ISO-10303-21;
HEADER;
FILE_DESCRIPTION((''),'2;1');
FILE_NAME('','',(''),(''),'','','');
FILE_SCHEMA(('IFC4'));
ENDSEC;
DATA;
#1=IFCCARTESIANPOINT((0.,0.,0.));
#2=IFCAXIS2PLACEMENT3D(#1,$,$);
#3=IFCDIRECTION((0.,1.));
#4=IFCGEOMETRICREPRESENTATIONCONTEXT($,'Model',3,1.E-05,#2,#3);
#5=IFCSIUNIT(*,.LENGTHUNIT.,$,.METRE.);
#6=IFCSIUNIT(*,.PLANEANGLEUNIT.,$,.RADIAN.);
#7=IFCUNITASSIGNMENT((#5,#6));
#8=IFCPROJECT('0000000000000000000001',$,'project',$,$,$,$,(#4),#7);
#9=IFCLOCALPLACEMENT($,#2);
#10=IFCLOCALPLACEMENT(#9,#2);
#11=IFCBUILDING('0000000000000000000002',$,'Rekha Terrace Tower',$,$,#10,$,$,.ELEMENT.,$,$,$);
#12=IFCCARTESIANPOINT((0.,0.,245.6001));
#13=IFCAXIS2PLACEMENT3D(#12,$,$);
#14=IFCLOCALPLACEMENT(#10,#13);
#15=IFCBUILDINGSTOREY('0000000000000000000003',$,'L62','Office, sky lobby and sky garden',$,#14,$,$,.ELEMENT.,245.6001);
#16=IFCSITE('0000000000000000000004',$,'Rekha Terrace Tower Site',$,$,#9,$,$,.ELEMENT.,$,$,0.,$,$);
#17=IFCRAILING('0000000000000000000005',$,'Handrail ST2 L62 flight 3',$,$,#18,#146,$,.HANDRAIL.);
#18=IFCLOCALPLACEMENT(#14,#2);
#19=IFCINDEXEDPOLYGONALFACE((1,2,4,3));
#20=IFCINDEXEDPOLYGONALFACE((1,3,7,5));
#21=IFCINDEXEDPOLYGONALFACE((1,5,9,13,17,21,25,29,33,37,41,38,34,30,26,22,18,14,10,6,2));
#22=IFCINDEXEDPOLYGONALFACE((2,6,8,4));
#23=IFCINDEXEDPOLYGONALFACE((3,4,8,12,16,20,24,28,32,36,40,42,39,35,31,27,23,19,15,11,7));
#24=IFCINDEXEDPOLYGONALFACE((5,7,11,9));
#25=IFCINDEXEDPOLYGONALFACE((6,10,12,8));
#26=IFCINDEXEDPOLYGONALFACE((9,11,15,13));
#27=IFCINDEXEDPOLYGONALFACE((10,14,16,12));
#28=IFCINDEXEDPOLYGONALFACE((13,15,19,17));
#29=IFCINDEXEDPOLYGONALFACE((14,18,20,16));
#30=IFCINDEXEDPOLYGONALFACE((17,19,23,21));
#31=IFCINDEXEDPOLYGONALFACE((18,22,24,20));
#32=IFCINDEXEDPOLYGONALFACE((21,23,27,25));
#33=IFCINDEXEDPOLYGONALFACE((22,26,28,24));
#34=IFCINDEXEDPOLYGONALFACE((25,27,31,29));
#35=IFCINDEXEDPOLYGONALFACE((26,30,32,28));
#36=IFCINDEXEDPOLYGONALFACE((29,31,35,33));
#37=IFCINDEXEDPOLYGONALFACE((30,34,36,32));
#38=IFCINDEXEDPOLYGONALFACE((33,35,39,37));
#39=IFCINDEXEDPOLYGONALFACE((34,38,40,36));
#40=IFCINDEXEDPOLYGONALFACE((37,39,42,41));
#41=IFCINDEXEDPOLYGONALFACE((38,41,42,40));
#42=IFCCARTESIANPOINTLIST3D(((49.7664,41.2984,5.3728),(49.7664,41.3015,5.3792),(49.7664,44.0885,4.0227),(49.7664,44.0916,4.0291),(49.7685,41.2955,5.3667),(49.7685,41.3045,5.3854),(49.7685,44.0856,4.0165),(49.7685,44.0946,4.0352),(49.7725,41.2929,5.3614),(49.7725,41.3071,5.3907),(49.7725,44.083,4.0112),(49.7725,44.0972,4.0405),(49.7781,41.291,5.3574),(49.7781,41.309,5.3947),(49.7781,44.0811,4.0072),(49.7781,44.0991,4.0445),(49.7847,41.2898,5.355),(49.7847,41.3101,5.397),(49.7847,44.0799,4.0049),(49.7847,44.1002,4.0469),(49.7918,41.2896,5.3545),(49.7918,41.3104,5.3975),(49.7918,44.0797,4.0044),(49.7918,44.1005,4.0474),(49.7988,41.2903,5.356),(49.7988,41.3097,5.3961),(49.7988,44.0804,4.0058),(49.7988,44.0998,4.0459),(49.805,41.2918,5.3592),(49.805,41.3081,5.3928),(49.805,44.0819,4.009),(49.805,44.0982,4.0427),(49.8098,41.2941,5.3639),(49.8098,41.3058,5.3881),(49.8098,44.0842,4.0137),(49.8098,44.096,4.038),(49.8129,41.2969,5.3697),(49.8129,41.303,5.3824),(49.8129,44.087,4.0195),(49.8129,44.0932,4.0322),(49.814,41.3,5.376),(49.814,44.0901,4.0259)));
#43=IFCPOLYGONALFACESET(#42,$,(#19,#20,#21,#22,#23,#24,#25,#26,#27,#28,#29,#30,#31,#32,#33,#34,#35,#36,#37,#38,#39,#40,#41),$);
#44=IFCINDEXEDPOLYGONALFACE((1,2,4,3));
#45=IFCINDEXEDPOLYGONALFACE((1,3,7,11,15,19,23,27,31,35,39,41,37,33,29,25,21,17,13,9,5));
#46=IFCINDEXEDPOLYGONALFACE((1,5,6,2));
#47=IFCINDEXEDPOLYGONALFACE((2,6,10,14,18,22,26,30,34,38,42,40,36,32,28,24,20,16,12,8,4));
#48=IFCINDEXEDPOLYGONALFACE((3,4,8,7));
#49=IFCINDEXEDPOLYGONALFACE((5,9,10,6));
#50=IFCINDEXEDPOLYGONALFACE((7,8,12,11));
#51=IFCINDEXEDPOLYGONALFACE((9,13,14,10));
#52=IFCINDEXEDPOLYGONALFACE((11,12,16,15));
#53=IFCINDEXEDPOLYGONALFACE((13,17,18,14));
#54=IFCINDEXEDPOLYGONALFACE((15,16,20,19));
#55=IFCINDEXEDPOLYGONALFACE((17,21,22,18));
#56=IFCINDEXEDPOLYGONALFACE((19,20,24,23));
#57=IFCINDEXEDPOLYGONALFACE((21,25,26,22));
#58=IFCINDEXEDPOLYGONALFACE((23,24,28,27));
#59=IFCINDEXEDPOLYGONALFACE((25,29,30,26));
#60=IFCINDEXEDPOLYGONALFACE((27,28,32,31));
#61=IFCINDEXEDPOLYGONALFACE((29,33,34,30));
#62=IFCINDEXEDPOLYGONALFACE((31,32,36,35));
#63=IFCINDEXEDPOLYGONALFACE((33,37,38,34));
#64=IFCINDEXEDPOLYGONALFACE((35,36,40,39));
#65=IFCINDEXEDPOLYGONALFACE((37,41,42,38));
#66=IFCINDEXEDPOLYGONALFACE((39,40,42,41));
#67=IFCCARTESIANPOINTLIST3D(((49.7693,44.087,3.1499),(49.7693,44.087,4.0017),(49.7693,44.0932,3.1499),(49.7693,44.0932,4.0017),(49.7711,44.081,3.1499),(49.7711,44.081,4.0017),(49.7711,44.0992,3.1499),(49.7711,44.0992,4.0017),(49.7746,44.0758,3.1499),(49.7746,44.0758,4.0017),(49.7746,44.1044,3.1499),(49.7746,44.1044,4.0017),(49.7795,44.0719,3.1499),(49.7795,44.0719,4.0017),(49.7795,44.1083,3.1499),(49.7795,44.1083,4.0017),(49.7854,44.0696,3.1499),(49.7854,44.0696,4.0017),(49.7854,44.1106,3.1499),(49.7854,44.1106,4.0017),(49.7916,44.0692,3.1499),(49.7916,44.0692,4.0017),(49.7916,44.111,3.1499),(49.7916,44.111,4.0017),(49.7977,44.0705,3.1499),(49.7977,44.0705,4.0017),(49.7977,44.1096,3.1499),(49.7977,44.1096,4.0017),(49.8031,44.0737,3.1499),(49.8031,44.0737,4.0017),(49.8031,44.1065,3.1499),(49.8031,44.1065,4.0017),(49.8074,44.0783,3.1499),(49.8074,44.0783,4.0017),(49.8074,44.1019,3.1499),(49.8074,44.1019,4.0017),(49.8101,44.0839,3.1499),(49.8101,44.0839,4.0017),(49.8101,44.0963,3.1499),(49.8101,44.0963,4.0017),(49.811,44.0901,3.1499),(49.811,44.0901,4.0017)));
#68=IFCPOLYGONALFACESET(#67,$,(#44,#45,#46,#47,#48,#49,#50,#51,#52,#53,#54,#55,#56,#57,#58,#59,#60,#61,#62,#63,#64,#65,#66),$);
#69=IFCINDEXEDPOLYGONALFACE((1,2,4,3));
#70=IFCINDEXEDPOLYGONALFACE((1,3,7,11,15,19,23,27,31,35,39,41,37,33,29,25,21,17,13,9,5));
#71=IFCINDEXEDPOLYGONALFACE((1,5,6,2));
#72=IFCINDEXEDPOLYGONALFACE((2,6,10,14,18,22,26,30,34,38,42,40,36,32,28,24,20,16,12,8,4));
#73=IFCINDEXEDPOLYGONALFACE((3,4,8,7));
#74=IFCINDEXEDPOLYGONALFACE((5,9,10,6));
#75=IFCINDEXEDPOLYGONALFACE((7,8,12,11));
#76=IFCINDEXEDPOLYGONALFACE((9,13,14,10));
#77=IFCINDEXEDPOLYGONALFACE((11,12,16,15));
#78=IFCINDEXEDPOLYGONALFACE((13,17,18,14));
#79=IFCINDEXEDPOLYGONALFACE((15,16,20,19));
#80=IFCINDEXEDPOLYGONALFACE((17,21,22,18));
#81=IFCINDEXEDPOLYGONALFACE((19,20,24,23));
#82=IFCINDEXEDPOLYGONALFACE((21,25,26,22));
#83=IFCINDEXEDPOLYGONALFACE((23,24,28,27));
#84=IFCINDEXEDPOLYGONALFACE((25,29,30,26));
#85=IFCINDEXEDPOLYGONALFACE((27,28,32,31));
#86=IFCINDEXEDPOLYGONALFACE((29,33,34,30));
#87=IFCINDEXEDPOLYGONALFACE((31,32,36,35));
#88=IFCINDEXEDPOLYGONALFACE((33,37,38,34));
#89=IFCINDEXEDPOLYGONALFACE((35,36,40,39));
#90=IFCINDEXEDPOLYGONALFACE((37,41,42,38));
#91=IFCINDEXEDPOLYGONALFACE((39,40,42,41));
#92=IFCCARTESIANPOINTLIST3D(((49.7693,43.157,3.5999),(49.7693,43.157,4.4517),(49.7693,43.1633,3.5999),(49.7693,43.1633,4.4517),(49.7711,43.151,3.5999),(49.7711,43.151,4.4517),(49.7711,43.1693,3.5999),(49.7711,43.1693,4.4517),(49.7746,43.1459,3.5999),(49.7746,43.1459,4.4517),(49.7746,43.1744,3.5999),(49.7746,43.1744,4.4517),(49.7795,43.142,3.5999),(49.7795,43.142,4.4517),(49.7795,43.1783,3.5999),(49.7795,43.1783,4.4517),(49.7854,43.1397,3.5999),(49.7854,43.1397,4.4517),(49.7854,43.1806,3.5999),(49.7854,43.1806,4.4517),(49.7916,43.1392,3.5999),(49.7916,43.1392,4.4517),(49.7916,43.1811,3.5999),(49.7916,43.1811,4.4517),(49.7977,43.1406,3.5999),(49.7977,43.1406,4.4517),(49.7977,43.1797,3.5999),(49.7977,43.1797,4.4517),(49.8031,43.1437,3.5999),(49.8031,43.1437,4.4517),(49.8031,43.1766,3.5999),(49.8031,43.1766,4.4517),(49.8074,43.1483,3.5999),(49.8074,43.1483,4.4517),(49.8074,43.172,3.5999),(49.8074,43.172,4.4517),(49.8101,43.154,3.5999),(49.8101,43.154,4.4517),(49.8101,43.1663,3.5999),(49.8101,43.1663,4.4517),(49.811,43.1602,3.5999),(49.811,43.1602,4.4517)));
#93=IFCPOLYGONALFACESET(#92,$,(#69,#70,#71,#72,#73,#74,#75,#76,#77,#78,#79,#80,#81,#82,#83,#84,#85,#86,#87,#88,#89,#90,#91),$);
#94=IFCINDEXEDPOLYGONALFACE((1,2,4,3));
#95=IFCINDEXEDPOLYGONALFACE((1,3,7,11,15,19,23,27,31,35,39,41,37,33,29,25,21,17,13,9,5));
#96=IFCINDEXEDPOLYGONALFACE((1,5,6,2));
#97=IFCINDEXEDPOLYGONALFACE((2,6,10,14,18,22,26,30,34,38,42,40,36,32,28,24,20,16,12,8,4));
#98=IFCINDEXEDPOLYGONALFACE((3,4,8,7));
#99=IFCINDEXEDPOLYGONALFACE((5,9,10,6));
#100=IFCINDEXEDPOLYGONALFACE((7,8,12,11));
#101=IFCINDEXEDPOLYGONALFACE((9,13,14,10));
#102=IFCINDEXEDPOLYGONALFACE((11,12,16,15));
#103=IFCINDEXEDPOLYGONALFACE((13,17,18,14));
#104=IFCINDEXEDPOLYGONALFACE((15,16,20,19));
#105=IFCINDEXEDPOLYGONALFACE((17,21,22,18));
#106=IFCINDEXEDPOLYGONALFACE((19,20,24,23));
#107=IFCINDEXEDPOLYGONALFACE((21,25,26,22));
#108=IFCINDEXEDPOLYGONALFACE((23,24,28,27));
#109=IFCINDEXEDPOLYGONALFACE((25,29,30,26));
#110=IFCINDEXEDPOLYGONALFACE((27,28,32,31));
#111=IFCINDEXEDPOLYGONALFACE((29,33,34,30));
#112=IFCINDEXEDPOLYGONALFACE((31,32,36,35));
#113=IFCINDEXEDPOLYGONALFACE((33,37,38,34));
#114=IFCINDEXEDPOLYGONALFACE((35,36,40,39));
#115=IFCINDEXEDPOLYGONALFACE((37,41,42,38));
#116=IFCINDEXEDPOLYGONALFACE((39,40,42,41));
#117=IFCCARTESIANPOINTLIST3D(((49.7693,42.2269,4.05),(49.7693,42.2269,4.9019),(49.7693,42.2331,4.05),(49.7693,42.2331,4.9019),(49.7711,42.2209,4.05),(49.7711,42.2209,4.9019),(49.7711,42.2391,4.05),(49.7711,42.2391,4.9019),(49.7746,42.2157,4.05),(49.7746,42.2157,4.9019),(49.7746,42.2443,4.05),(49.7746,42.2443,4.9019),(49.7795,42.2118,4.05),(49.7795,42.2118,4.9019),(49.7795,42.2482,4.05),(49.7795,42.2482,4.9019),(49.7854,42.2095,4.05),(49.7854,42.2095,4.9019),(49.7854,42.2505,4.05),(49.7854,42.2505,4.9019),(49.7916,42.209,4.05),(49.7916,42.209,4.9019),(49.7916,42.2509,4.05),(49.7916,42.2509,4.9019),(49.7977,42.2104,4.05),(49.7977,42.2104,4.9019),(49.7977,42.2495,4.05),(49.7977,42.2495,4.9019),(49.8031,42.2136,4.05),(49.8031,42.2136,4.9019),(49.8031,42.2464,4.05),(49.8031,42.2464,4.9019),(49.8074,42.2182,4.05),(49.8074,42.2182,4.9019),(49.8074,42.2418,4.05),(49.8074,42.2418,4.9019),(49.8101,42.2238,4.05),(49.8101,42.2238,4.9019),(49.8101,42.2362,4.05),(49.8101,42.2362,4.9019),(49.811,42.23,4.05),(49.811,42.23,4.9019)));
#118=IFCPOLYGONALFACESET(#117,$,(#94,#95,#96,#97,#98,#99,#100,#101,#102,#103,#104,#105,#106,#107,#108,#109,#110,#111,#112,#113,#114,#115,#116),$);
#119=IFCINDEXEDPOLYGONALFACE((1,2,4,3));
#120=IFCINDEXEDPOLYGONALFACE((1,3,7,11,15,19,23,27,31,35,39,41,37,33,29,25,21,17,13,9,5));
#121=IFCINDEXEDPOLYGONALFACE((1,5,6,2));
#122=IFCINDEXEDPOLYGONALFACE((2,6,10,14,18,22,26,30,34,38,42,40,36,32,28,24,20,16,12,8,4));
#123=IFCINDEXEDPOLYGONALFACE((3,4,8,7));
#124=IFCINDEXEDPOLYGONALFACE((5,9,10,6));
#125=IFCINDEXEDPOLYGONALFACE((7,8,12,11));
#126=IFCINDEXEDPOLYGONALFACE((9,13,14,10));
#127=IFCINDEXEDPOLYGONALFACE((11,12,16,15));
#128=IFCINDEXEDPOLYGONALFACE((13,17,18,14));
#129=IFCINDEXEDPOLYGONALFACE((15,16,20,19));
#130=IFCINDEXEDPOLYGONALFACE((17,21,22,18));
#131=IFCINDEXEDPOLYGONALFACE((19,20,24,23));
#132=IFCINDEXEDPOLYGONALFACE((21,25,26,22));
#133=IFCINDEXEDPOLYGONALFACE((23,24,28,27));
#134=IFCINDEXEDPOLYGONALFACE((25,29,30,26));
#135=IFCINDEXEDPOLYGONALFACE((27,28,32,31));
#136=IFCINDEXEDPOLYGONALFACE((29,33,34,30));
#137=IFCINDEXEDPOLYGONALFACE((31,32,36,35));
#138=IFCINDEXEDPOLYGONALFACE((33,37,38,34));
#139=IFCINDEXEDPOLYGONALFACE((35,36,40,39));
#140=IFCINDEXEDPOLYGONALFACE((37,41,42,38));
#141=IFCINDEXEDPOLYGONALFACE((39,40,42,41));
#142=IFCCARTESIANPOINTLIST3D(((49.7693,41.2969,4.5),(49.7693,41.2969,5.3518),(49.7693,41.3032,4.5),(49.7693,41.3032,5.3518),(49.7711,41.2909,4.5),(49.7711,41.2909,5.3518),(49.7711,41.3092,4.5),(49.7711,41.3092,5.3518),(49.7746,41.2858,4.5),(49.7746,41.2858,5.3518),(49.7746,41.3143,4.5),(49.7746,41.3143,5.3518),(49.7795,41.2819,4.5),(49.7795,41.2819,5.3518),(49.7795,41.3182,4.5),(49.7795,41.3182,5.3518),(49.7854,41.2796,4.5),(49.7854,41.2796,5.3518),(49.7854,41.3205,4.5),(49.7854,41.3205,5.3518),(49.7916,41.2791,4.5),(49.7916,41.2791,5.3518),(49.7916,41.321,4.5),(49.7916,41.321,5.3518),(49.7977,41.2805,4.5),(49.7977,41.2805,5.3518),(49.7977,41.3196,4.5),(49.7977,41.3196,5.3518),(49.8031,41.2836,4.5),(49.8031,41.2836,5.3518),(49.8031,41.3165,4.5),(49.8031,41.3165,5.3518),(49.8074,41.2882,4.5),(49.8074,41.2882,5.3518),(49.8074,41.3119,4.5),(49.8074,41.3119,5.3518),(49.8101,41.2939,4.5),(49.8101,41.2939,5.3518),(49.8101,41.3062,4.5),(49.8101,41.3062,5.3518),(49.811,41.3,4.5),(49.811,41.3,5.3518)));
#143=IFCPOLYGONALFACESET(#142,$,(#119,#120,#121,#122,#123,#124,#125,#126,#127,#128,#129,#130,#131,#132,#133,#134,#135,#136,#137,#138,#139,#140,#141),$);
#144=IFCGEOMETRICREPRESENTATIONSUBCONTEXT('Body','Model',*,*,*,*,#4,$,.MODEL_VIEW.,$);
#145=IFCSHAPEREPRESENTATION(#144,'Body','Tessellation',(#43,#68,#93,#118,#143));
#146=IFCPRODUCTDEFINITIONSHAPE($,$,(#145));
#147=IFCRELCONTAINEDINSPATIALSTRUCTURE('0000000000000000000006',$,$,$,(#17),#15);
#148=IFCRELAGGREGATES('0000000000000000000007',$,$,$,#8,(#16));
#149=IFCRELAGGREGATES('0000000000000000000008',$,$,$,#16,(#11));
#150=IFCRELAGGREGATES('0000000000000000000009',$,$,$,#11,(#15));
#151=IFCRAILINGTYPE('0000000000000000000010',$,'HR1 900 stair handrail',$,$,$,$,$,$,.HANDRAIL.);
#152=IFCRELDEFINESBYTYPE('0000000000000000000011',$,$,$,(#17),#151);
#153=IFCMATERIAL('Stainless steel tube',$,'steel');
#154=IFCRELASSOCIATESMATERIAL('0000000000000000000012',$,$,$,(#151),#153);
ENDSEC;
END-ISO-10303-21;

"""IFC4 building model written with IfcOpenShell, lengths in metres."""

from ifc_helpers import new_model, si_unit, direction, frame, origin, origin_2d, place, context, subcontext, project, spatial, circle, extrude, material, type_object, element, save


model = new_model("IFC4")

# Units and contexts
model_context = context("Model", 3, precision=1e-05, world=origin(), true_north=direction((0.0, 1.0)))
body_context = subcontext(model_context, "Body", "Model", "MODEL_VIEW")
ifc_project = project(units=[si_unit("LENGTHUNIT", "METRE"), si_unit("PLANEANGLEUNIT", "RADIAN")], contexts=[model_context])

# Site, building, storey
site_placement = place(None, origin())
site = spatial("IfcSite", under=ifc_project, at=site_placement, Name="Rekha Terrace Tower Site", CompositionType="ELEMENT", RefElevation=0.0)
building_placement = place(site_placement, origin())
building = spatial("IfcBuilding", under=site, at=building_placement, Name="Rekha Terrace Tower", CompositionType="ELEMENT")
storey_placement = place(building_placement, frame((0.0, 0.0, 245.6001)))
storey = spatial("IfcBuildingStorey", under=building, at=storey_placement, Name="L62", Description="Office, sky lobby and sky garden", CompositionType="ELEMENT", Elevation=245.6001)

# Railing
ifc_material_1 = material(Name="Stainless steel tube", Category="steel")
railing_type_1 = type_object("IfcRailingType", Name="HR1 900 stair handrail", PredefinedType="HANDRAIL", material=ifc_material_1)
railing_1_placement = place(storey_placement, frame((49.79, 44.0901, 3.1499)))
element("IfcRailing", 1, at=railing_1_placement, inside=storey, type_object=railing_type_1, Name="Handrail ST2 L62 flight 3", PredefinedType="HANDRAIL", context=body_context, shape_type="SweptSolid", body=[
    extrude(circle(Radius=0.0239, at=origin_2d()), frame((0.0, 0.0, 0.876), z_axis=(0.0, -0.900149, 0.435582), x_axis=(1.0, 0.0, 0.0)), (0.0, 0.0, 1.0), 3.0996),
    extrude(circle(Radius=0.021, at=origin_2d()), origin(), (0.0, 0.0, 1.0), 0.8518),
    extrude(circle(Radius=0.021, at=origin_2d()), frame((0.0, -0.9299, 0.45)), (0.0, 0.0, 1.0), 0.8518),
    extrude(circle(Radius=0.021, at=origin_2d()), frame((0.0, -1.8601, 0.9001)), (0.0, 0.0, 1.0), 0.8518),
    extrude(circle(Radius=0.021, at=origin_2d()), frame((0.0, -2.79, 1.3501)), (0.0, 0.0, 1.0), 0.8518),
])

save(model, "model.ifc")
